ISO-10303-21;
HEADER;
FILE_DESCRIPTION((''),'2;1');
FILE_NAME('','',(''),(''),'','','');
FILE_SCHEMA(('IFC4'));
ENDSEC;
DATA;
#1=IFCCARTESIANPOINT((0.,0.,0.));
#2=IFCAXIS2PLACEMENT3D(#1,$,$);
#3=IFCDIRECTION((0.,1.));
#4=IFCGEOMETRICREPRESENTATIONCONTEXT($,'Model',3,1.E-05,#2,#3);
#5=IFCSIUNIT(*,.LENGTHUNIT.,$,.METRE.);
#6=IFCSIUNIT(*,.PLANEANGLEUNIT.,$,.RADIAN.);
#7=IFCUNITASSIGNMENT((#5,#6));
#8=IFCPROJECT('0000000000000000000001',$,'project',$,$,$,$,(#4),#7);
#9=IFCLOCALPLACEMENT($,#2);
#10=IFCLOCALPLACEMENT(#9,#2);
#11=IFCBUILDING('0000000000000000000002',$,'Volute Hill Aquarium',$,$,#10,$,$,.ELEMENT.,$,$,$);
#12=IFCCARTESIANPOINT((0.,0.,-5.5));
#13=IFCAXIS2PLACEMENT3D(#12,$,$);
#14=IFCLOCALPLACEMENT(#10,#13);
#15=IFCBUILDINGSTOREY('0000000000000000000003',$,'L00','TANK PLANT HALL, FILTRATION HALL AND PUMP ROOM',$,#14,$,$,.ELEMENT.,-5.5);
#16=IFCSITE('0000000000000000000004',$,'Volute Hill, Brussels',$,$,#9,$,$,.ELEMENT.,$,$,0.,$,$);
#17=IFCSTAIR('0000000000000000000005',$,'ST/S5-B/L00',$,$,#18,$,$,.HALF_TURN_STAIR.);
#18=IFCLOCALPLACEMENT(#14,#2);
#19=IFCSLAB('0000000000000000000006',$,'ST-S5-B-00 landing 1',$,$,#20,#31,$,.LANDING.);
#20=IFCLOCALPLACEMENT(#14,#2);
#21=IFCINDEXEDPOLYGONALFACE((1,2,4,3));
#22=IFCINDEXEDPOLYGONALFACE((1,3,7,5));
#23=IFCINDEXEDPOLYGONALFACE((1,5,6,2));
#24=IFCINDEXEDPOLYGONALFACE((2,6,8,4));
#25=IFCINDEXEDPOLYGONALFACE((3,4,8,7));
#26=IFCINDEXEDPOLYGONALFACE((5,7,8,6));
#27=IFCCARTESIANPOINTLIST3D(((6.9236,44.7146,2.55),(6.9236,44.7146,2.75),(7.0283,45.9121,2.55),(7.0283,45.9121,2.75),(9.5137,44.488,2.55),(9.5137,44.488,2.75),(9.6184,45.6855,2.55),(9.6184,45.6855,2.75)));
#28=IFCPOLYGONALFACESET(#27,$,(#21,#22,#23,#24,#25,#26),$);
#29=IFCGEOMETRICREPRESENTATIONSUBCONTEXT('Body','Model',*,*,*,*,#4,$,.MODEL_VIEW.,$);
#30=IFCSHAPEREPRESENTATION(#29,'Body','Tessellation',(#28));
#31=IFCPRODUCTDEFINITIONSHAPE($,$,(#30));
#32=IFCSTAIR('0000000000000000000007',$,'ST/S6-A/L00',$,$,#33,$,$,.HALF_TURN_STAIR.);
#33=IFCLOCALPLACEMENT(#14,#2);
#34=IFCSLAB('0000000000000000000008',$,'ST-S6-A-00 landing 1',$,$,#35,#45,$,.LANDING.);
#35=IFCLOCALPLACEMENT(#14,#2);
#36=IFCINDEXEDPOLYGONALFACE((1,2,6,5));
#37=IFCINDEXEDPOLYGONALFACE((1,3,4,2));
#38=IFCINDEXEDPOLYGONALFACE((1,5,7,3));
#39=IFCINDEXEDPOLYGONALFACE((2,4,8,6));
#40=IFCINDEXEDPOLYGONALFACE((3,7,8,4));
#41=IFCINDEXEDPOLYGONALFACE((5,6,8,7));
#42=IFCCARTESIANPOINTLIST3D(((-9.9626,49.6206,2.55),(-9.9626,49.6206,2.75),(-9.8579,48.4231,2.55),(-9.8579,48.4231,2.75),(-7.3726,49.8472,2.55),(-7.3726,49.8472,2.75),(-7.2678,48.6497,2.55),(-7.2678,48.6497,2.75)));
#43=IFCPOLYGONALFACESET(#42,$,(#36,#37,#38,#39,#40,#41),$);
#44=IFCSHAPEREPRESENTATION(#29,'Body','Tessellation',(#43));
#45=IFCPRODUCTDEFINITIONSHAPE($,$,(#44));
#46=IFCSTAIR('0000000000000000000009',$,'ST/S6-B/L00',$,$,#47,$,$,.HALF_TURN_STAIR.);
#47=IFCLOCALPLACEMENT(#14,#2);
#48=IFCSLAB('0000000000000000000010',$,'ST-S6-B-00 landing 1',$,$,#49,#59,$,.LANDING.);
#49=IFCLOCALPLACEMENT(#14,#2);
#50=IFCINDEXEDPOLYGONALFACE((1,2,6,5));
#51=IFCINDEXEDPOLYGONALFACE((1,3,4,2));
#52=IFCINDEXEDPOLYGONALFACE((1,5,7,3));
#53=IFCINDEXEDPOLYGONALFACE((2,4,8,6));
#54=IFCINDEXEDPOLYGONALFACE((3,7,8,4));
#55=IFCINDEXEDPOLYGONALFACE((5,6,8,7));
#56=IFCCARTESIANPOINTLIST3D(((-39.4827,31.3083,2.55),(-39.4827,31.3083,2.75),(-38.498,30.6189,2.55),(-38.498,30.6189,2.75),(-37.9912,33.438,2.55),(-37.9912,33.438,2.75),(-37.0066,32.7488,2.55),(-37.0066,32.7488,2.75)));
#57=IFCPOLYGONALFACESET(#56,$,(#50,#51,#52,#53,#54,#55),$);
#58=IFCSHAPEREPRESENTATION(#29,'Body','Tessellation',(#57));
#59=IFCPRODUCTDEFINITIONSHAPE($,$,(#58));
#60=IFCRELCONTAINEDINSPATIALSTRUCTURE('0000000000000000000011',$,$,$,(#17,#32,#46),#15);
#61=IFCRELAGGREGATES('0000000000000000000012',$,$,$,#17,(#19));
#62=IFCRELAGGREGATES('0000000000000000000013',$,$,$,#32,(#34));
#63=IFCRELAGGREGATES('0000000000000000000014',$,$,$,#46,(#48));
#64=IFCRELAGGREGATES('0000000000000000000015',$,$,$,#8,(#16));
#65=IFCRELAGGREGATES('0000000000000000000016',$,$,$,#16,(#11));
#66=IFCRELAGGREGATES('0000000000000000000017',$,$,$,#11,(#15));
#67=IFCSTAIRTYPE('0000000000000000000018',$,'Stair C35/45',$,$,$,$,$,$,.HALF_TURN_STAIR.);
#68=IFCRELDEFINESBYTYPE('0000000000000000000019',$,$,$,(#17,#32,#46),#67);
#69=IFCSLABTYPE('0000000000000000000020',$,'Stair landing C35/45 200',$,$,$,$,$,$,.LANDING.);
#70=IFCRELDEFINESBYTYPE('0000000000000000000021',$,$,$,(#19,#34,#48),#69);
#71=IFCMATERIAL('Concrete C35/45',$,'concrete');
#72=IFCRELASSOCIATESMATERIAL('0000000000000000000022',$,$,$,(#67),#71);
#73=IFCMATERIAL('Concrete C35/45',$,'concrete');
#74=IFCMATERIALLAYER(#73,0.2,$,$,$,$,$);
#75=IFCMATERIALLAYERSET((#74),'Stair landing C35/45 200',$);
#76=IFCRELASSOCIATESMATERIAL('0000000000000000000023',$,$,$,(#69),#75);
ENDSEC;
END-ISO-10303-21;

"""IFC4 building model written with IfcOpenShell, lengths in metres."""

from ifc_helpers import new_model, si_unit, direction, frame, origin, place, context, subcontext, project, spatial, polyline, outline, extrude, material, layer, layer_set, type_object, element, aggregate, save


model = new_model("IFC4")

# Units and contexts
model_context = context("Model", 3, precision=1e-05, world=origin(), true_north=direction((0.0, 1.0)))
body_context = subcontext(model_context, "Body", "Model", "MODEL_VIEW")
ifc_project = project(units=[si_unit("LENGTHUNIT", "METRE"), si_unit("PLANEANGLEUNIT", "RADIAN")], contexts=[model_context])

# Site, building, storey
site_placement = place(None, origin())
site = spatial("IfcSite", under=ifc_project, at=site_placement, Name="Volute Hill, Brussels", CompositionType="ELEMENT", RefElevation=0.0)
building_placement = place(site_placement, origin())
building = spatial("IfcBuilding", under=site, at=building_placement, Name="Volute Hill Aquarium", CompositionType="ELEMENT")
storey_placement = place(building_placement, frame((0.0, 0.0, -5.5)))
storey = spatial("IfcBuildingStorey", under=building, at=storey_placement, Name="L00", Description="TANK PLANT HALL, FILTRATION HALL AND PUMP ROOM", CompositionType="ELEMENT", Elevation=-5.5)

# Stairs, slabs
ifc_material_1 = material(Name="Concrete C35/45", Category="concrete")
stair_type = type_object("IfcStairType", Name="Stair C35/45", PredefinedType="HALF_TURN_STAIR", material=ifc_material_1)
ifc_material_2 = material(Name="Concrete C35/45", Category="concrete")
ifc_layer = layer(ifc_material_2, 0.2)
ifc_layer_set = layer_set([ifc_layer], Name="Stair landing C35/45 200")
slab_type = type_object("IfcSlabType", Name="Stair landing C35/45 200", PredefinedType="LANDING", material=ifc_layer_set)
stair_1_placement = place(storey_placement, origin())
stair_1 = element("IfcStair", 1, at=stair_1_placement, inside=storey, type_object=stair_type, Name="ST/S5-B/L00", PredefinedType="HALF_TURN_STAIR")
slab_1_placement = place(storey_placement, frame((0.0, 0.0, 2.55)))
slab_1 = element("IfcSlab", 2, at=slab_1_placement, type_object=slab_type, Name="ST-S5-B-00 landing 1", PredefinedType="LANDING", context=body_context, shape_type="SweptSolid", body=[
    extrude(outline(polyline([(9.5137, 44.488), (9.6184, 45.6855), (7.0283, 45.9121), (6.9236, 44.7146), (9.5137, 44.488)])), origin(), (0.0, 0.0, 1.0), 0.2),
])
aggregate(stair_1, [slab_1])
stair_2_placement = place(storey_placement, origin())
stair_2 = element("IfcStair", 3, at=stair_2_placement, inside=storey, type_object=stair_type, Name="ST/S6-A/L00", PredefinedType="HALF_TURN_STAIR")
slab_2_placement = place(storey_placement, frame((0.0, 0.0, 2.55)))
slab_2 = element("IfcSlab", 4, at=slab_2_placement, type_object=slab_type, Name="ST-S6-A-00 landing 1", PredefinedType="LANDING", context=body_context, shape_type="SweptSolid", body=[
    extrude(outline(polyline([(-7.2678, 48.6497), (-7.3726, 49.8472), (-9.9626, 49.6206), (-9.8579, 48.4231), (-7.2678, 48.6497)])), origin(), (0.0, 0.0, 1.0), 0.2),
])
aggregate(stair_2, [slab_2])
stair_3_placement = place(storey_placement, origin())
stair_3 = element("IfcStair", 5, at=stair_3_placement, inside=storey, type_object=stair_type, Name="ST/S6-B/L00", PredefinedType="HALF_TURN_STAIR")
slab_3_placement = place(storey_placement, frame((0.0, 0.0, 2.55)))
slab_3 = element("IfcSlab", 6, at=slab_3_placement, type_object=slab_type, Name="ST-S6-B-00 landing 1", PredefinedType="LANDING", context=body_context, shape_type="SweptSolid", body=[
    extrude(outline(polyline([(-37.0066, 32.7488), (-37.9912, 33.438), (-39.4827, 31.3083), (-38.498, 30.6189), (-37.0066, 32.7488)])), origin(), (0.0, 0.0, 1.0), 0.2),
])
aggregate(stair_3, [slab_3])

save(model, "model.ifc")
